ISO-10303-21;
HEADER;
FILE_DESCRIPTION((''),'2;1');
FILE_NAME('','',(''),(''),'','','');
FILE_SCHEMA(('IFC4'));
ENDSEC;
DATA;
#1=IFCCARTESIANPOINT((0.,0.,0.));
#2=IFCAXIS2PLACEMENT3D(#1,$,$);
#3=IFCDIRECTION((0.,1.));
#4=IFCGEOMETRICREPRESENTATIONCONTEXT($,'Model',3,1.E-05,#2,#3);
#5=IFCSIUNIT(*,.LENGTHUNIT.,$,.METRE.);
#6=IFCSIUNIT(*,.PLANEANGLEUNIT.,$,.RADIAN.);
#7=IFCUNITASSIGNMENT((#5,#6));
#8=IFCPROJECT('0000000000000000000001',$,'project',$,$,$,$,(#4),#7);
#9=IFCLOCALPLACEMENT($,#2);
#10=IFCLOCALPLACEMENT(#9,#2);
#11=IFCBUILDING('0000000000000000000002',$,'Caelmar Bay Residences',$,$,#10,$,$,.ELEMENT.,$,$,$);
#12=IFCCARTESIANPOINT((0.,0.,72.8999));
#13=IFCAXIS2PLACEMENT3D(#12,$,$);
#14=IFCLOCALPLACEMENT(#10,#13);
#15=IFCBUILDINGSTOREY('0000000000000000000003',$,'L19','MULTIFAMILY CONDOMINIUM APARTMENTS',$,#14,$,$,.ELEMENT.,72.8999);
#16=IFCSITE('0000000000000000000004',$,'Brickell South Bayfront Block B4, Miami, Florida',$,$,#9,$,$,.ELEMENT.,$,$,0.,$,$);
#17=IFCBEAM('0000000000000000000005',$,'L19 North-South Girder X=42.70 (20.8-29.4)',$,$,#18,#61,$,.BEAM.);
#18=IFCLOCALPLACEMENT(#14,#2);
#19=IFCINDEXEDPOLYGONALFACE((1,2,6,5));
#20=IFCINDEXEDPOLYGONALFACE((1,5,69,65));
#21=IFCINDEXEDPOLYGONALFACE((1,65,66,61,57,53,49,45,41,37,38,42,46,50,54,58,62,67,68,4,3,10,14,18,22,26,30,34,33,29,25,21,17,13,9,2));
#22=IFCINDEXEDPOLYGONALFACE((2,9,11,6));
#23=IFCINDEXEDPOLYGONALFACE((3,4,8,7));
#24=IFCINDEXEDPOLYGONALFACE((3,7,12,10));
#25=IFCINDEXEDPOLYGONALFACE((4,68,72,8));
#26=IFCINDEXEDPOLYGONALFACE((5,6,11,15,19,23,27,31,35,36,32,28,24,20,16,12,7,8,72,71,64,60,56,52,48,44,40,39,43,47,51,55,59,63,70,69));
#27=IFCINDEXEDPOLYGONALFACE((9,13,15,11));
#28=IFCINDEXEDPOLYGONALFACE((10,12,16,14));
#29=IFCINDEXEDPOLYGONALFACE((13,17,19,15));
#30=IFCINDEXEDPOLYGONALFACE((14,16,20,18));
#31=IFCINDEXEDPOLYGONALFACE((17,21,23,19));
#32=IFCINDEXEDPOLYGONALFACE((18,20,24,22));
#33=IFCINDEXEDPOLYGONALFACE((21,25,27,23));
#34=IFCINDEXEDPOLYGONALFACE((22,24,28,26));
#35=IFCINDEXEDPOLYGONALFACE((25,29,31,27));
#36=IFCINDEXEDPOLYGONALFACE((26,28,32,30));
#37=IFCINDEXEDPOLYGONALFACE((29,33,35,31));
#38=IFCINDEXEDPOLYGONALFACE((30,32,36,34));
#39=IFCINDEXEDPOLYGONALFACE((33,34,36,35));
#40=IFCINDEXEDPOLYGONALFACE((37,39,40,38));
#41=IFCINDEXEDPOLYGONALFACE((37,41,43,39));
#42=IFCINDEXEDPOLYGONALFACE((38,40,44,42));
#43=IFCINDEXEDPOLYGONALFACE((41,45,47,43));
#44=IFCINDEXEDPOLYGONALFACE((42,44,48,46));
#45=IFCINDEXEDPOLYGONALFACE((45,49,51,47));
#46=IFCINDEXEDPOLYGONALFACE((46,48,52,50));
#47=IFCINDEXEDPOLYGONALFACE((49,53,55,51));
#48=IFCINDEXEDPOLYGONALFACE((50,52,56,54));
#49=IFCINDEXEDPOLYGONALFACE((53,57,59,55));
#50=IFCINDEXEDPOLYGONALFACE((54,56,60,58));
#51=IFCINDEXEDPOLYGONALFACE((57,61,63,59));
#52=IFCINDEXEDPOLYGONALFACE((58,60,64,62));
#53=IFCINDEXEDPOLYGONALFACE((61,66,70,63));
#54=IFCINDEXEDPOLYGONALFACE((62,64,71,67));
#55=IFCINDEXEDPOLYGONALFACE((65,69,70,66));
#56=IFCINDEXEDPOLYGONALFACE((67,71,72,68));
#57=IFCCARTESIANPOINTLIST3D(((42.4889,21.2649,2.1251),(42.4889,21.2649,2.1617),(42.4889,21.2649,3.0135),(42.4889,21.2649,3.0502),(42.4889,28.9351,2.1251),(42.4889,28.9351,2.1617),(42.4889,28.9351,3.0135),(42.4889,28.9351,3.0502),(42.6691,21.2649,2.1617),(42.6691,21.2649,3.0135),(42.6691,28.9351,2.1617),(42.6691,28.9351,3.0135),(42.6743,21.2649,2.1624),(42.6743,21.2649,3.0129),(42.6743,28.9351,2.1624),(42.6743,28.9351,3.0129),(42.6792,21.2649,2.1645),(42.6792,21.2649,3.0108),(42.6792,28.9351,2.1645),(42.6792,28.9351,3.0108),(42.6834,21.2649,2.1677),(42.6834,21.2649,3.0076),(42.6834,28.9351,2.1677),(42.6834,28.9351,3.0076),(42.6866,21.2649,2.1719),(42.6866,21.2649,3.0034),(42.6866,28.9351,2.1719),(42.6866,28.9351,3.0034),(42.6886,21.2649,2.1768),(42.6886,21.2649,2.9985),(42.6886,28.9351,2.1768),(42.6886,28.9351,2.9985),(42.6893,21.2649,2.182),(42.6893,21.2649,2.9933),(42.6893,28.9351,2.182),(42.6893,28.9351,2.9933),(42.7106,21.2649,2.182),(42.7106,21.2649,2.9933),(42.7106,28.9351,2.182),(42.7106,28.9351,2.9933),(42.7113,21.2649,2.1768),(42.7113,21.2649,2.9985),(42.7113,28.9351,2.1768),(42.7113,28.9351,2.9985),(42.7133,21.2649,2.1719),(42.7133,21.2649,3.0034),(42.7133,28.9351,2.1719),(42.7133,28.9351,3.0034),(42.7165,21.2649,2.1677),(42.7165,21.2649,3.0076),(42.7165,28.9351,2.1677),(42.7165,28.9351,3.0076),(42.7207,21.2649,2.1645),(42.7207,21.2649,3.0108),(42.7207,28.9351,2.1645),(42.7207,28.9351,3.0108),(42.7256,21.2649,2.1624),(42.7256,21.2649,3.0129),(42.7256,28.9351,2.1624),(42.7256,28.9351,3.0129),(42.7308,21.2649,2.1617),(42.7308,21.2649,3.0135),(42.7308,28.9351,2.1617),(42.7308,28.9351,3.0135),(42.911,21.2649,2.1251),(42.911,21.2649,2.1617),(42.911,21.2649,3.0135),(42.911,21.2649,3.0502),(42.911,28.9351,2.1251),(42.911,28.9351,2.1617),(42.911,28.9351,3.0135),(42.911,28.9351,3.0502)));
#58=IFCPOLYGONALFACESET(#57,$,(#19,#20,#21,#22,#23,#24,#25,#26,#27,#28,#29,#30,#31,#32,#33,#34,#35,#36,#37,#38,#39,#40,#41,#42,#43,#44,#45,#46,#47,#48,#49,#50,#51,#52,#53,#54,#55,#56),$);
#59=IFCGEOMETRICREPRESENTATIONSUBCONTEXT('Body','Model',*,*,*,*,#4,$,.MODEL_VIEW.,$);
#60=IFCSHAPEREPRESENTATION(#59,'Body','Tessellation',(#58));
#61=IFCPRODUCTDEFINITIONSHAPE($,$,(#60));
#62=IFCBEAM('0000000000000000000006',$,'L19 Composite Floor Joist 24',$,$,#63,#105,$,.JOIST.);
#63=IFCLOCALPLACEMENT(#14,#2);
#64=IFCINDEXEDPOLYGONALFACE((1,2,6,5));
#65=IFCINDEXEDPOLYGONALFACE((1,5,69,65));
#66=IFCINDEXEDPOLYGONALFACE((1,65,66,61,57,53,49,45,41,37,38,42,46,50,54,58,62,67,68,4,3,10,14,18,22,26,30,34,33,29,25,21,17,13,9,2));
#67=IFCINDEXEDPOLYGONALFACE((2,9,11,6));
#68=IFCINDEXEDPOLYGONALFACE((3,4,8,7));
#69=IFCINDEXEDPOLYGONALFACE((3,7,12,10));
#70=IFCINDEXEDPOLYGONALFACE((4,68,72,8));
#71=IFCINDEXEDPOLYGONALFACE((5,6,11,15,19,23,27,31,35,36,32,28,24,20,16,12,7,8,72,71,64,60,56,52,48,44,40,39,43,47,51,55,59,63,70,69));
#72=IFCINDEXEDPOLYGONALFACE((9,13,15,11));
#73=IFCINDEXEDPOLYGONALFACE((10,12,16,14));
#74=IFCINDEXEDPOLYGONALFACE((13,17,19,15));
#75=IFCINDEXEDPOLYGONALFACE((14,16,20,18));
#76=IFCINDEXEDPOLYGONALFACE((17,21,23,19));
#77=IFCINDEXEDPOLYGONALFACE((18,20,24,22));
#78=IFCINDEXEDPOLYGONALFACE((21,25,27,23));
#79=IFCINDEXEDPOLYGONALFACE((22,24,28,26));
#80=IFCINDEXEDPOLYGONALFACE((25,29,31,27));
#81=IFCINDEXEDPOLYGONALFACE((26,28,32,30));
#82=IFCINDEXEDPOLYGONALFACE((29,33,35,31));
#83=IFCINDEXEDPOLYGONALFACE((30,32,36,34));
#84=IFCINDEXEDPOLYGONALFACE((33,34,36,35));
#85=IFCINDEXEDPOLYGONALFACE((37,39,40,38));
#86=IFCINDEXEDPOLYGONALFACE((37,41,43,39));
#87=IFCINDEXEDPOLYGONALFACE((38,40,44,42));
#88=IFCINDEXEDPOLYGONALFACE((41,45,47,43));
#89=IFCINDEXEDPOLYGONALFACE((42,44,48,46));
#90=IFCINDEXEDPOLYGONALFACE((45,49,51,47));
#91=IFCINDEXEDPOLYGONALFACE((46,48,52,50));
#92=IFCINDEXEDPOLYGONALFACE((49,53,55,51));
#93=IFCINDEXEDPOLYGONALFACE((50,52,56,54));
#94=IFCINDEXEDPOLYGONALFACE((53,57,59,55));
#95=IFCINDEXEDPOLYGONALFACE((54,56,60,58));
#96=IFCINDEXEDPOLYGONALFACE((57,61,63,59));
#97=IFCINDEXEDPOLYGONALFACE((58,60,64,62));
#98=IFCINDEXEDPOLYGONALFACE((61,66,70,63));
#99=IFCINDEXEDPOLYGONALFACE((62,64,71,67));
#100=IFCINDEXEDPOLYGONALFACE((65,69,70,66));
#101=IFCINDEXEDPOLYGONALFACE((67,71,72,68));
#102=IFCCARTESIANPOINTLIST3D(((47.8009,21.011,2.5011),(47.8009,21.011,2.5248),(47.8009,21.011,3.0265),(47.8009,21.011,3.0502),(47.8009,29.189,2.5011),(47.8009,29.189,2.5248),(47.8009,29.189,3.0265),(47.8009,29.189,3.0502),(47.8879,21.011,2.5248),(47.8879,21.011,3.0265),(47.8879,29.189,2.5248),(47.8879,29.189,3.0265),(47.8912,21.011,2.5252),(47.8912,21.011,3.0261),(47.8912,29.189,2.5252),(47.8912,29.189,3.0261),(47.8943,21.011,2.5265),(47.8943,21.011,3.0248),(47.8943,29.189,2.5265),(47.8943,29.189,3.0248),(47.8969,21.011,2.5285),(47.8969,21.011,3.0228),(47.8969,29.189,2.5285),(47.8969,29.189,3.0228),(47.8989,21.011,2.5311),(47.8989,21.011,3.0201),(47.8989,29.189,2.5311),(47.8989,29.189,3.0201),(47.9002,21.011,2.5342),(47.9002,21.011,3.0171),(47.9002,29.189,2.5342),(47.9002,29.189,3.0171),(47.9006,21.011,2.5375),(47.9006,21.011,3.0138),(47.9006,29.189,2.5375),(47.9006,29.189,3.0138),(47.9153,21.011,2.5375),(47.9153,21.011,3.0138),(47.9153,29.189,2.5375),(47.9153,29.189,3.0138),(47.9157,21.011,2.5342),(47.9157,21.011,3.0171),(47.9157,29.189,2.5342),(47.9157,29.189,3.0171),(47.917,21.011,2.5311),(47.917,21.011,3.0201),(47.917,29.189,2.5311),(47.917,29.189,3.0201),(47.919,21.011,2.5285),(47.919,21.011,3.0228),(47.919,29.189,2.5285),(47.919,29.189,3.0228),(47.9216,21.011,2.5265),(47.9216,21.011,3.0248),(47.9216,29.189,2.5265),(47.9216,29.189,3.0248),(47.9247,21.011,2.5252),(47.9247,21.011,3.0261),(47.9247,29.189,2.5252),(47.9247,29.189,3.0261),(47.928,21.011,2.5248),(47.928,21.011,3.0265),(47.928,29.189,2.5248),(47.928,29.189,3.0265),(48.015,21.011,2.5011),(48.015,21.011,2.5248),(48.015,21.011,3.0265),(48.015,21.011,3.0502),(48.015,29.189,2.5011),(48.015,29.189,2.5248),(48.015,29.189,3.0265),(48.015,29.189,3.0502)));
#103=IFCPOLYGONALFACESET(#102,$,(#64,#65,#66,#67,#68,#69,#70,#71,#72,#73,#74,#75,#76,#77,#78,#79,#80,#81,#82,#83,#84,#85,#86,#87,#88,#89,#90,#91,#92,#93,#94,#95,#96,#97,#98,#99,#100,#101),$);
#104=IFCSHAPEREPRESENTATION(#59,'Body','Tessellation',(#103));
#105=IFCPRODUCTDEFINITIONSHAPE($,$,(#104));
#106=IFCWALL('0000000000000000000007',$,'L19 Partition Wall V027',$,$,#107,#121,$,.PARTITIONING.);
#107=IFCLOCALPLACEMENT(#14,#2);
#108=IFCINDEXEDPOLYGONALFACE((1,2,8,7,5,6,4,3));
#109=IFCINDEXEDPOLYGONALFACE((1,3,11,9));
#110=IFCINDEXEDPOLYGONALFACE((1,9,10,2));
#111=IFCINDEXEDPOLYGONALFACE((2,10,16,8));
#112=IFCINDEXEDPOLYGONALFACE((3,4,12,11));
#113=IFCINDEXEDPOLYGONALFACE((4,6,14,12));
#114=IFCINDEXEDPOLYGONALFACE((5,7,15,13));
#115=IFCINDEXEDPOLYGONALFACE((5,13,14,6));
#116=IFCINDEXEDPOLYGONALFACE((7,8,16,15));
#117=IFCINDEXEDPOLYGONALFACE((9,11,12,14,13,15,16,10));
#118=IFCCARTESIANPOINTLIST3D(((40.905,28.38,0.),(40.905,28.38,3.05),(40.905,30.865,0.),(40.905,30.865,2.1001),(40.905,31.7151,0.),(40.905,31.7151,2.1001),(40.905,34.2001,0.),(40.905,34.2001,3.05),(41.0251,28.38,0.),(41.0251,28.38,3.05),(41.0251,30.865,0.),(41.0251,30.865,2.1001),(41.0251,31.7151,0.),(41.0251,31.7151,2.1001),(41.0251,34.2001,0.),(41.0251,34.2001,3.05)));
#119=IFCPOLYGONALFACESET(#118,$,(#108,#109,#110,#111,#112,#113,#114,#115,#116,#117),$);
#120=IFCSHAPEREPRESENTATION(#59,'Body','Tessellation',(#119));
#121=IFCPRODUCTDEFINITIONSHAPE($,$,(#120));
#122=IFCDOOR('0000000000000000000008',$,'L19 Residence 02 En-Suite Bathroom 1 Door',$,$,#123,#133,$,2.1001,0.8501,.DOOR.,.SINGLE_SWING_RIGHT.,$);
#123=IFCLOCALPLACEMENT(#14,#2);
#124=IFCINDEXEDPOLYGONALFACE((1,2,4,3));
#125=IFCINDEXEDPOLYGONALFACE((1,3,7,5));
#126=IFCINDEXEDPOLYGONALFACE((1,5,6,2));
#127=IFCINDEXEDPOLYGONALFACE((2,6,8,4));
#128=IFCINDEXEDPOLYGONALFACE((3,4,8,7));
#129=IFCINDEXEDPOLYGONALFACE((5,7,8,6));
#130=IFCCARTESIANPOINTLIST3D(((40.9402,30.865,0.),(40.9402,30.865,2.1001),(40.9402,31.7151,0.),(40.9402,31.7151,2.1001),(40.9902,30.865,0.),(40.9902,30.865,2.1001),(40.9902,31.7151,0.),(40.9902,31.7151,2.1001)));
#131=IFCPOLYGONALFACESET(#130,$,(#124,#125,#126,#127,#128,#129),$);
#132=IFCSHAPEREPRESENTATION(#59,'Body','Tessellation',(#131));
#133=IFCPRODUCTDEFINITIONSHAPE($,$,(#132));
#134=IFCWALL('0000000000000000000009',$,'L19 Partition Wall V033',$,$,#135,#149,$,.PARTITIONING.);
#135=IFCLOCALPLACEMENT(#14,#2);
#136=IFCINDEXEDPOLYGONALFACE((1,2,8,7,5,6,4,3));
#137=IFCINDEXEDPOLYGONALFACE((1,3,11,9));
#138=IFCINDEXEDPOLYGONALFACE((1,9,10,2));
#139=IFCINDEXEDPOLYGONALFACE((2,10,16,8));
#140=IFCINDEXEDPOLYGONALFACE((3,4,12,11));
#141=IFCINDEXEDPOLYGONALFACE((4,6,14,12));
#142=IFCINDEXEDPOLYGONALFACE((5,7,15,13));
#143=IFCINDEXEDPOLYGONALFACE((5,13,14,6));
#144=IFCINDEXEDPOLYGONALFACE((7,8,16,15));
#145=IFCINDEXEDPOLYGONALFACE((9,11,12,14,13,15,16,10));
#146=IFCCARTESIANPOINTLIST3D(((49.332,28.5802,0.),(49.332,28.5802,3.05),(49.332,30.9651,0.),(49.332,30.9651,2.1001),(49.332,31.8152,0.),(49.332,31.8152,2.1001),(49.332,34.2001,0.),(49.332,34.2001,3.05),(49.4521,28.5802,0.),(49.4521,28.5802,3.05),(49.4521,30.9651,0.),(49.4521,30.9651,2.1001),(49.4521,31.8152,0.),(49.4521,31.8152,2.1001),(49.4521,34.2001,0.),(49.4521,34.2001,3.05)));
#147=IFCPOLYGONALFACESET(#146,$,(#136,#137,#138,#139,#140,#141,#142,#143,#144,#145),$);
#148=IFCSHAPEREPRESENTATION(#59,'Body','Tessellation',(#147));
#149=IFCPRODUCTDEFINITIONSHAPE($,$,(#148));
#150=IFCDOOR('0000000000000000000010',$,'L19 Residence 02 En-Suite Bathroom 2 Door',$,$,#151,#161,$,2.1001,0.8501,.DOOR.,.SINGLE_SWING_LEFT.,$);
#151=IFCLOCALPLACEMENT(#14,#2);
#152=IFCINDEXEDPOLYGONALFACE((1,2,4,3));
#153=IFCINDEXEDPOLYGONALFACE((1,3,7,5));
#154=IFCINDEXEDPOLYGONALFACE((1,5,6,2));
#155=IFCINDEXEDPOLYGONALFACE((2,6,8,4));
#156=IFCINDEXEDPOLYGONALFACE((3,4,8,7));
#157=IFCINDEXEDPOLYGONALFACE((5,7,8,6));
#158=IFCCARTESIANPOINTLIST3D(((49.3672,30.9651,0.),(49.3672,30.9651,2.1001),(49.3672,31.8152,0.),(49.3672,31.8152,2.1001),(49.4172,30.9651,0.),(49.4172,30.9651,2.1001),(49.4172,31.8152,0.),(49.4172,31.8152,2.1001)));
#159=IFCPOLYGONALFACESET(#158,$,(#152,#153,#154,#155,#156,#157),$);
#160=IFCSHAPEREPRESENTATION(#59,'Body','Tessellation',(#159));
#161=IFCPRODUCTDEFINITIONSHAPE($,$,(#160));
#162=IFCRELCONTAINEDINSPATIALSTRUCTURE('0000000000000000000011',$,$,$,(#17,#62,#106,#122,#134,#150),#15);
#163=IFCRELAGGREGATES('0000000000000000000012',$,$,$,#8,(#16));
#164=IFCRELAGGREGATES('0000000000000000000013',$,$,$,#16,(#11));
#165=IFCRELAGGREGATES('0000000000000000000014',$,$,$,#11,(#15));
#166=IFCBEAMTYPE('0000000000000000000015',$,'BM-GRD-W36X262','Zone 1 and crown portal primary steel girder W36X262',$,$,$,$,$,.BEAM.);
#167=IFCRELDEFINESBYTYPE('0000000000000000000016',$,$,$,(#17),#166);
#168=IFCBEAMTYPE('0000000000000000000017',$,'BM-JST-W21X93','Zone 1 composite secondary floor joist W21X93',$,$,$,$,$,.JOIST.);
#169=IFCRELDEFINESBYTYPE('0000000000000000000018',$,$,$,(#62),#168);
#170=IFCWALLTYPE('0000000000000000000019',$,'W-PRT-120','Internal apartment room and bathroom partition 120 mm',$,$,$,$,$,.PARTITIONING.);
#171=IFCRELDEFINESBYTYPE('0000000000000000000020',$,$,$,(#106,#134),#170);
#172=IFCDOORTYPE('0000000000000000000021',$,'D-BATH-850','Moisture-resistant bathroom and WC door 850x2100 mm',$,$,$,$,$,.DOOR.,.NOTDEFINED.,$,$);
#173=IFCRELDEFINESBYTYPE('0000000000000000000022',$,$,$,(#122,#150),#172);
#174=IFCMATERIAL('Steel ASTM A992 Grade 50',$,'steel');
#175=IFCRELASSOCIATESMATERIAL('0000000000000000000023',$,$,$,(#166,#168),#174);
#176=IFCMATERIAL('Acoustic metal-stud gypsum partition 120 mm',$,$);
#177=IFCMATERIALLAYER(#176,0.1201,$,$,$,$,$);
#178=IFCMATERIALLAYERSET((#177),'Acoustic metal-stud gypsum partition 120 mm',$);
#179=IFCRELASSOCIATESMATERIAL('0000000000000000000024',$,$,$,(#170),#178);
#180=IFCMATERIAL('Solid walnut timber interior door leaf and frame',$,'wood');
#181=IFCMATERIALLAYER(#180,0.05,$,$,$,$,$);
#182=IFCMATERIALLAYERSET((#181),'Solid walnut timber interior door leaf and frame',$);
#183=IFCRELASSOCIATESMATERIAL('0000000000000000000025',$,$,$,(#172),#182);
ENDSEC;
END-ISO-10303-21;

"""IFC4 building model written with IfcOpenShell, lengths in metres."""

from ifc_helpers import new_model, si_unit, direction, frame, frame_2d, origin, origin_2d, place, context, subcontext, project, spatial, rectangle, i_section, extrude, material, layer, layer_set, material_profile, profile_set, type_object, element, fill, save


model = new_model("IFC4")

# Units and contexts
model_context = context("Model", 3, precision=1e-05, world=origin(), true_north=direction((0.0, 1.0)))
body_context = subcontext(model_context, "Body", "Model", "MODEL_VIEW")
ifc_project = project(units=[si_unit("LENGTHUNIT", "METRE"), si_unit("PLANEANGLEUNIT", "RADIAN")], contexts=[model_context])

# Site, building, storey
site_placement = place(None, origin())
site = spatial("IfcSite", under=ifc_project, at=site_placement, Name="Brickell South Bayfront Block B4, Miami, Florida", CompositionType="ELEMENT", RefElevation=0.0)
building_placement = place(site_placement, origin())
building = spatial("IfcBuilding", under=site, at=building_placement, Name="Caelmar Bay Residences", CompositionType="ELEMENT")
storey_placement = place(building_placement, frame((0.0, 0.0, 72.8999)))
storey = spatial("IfcBuildingStorey", under=building, at=storey_placement, Name="L19", Description="MULTIFAMILY CONDOMINIUM APARTMENTS", CompositionType="ELEMENT", Elevation=72.8999)

# Beams
ifc_material_1 = material(Name="Steel ASTM A992 Grade 50", Category="steel")
ifc_material_profile_1 = material_profile(ifc_material_1, i_section(OverallWidth=0.4221, OverallDepth=0.925, WebThickness=0.0212, FlangeThickness=0.0366, FilletRadius=0.0203, at=origin_2d()), Name="W36X262")
ifc_profile_set_1 = profile_set([ifc_material_profile_1], Name="Steel ASTM A992 Grade 50")
beam_type_1 = type_object("IfcBeamType", Name="BM-GRD-W36X262", Description="Zone 1 and crown portal primary steel girder W36X262", PredefinedType="BEAM", material=ifc_profile_set_1)
for number, where, z_axis, x_axis, name in (
    (1, (42.7, 21.2649, 2.5876), (0.0, 1.0, 0.0), (-1.0, 0.0, 0.0), "L19 North-South Girder X=42.70 (20.8-29.4)"),
):
    element("IfcBeam", number, at=place(storey_placement, frame(where, z_axis=z_axis, x_axis=x_axis)), inside=storey, type_object=beam_type_1, Name=name, PredefinedType="BEAM", context=body_context, shape_type="SweptSolid", body=[
        extrude(i_section(OverallWidth=0.4221, OverallDepth=0.925, WebThickness=0.0212, FlangeThickness=0.0366, FilletRadius=0.0203, at=origin_2d()), origin(), (0.0, 0.0, 1.0), 7.6702),
    ])
ifc_material_profile_2 = material_profile(ifc_material_1, i_section(OverallWidth=0.2141, OverallDepth=0.5491, WebThickness=0.0146, FlangeThickness=0.0237, FilletRadius=0.0127, at=origin_2d()), Name="W21X93")
ifc_profile_set_2 = profile_set([ifc_material_profile_2], Name="Steel ASTM A992 Grade 50")
beam_type_2 = type_object("IfcBeamType", Name="BM-JST-W21X93", Description="Zone 1 composite secondary floor joist W21X93", PredefinedType="JOIST", material=ifc_profile_set_2)
beam_1_placement = place(storey_placement, frame((47.908, 21.011, 2.7756), z_axis=(0.0, 1.0, 0.0), x_axis=(-1.0, 0.0, 0.0)))
element("IfcBeam", 2, at=beam_1_placement, inside=storey, type_object=beam_type_2, Name="L19 Composite Floor Joist 24", PredefinedType="JOIST", context=body_context, shape_type="SweptSolid", body=[
    extrude(i_section(OverallWidth=0.2141, OverallDepth=0.5491, WebThickness=0.0146, FlangeThickness=0.0237, FilletRadius=0.0127, at=origin_2d()), origin(), (0.0, 0.0, 1.0), 8.178),
])

# Walls, openings, doors
ifc_material_2 = material(Name="Acoustic metal-stud gypsum partition 120 mm")
ifc_layer_1 = layer(ifc_material_2, 0.1201)
ifc_layer_set_1 = layer_set([ifc_layer_1], Name="Acoustic metal-stud gypsum partition 120 mm")
wall_type = type_object("IfcWallType", Name="W-PRT-120", Description="Internal apartment room and bathroom partition 120 mm", PredefinedType="PARTITIONING", material=ifc_layer_set_1)
wall_1_placement = place(storey_placement, frame((40.9651, 28.3799, 0.0), z_axis=(0.0, 0.0, 1.0), x_axis=(0.0, 1.0, 0.0)))
wall_1 = element("IfcWall", 3, at=wall_1_placement, inside=storey, type_object=wall_type, Name="L19 Partition Wall V027", PredefinedType="PARTITIONING", context=body_context, shape_type="SweptSolid", body=[
    extrude(rectangle(XDim=5.8201, YDim=0.1201, at=frame_2d((2.9102, 0.0))), origin(), (0.0, 0.0, 1.0), 3.05),
])
opening_1_placement = place(wall_1_placement, frame((2.4851, 0.0, 0.0)))
opening_1 = element("IfcOpeningElement", 4, at=opening_1_placement, cuts=wall_1, PredefinedType="OPENING", context=body_context, shape_type="SweptSolid", body=[
    extrude(rectangle(XDim=0.8501, YDim=2.1001, at=frame_2d((0.425, 1.05))), frame((0.0, 0.0701, 0.0), z_axis=(0.0, -1.0, 0.0), x_axis=(1.0, 0.0, 0.0)), (0.0, 0.0, 1.0), 0.1401),
])
ifc_material_3 = material(Name="Solid walnut timber interior door leaf and frame", Category="wood")
ifc_layer_2 = layer(ifc_material_3, 0.05)
ifc_layer_set_2 = layer_set([ifc_layer_2], Name="Solid walnut timber interior door leaf and frame")
door_type_1 = type_object("IfcDoorType", Name="D-BATH-850", Description="Moisture-resistant bathroom and WC door 850x2100 mm", OperationType="NOTDEFINED", PredefinedType="DOOR", material=ifc_layer_set_2)
door_1_placement = place(opening_1_placement, origin())
door_1 = element("IfcDoor", 5, at=door_1_placement, inside=storey, type_object=door_type_1, Name="L19 Residence 02 En-Suite Bathroom 1 Door", OperationType="SINGLE_SWING_RIGHT", OverallHeight=2.1001, OverallWidth=0.8501, PredefinedType="DOOR", context=body_context, shape_type="SweptSolid", body=[
    extrude(rectangle(XDim=0.8501, YDim=2.1001, at=frame_2d((0.425, 1.05))), frame((0.0, 0.0249, 0.0), z_axis=(0.0, -1.0, 0.0), x_axis=(1.0, 0.0, 0.0)), (0.0, 0.0, 1.0), 0.05),
])
fill(opening_1, door_1)
wall_2_placement = place(storey_placement, frame((49.3921, 28.5801, 0.0), z_axis=(0.0, 0.0, 1.0), x_axis=(0.0, 1.0, 0.0)))
wall_2 = element("IfcWall", 6, at=wall_2_placement, inside=storey, type_object=wall_type, Name="L19 Partition Wall V033", PredefinedType="PARTITIONING", context=body_context, shape_type="SweptSolid", body=[
    extrude(rectangle(XDim=5.6199, YDim=0.1201, at=frame_2d((2.8101, 0.0))), origin(), (0.0, 0.0, 1.0), 3.05),
])
opening_2_placement = place(wall_2_placement, frame((2.385, 0.0, 0.0)))
opening_2 = element("IfcOpeningElement", 7, at=opening_2_placement, cuts=wall_2, PredefinedType="OPENING", context=body_context, shape_type="SweptSolid", body=[
    extrude(rectangle(XDim=0.8501, YDim=2.1001, at=frame_2d((0.425, 1.05))), frame((0.0, 0.0701, 0.0), z_axis=(0.0, -1.0, 0.0), x_axis=(1.0, 0.0, 0.0)), (0.0, 0.0, 1.0), 0.1401),
])
door_2_placement = place(opening_2_placement, origin())
door_2 = element("IfcDoor", 8, at=door_2_placement, inside=storey, type_object=door_type_1, Name="L19 Residence 02 En-Suite Bathroom 2 Door", OperationType="SINGLE_SWING_LEFT", OverallHeight=2.1001, OverallWidth=0.8501, PredefinedType="DOOR", context=body_context, shape_type="SweptSolid", body=[
    extrude(rectangle(XDim=0.8501, YDim=2.1001, at=frame_2d((0.425, 1.05))), frame((0.0, 0.0249, 0.0), z_axis=(0.0, -1.0, 0.0), x_axis=(1.0, 0.0, 0.0)), (0.0, 0.0, 1.0), 0.05),
])
fill(opening_2, door_2)

save(model, "model.ifc")
